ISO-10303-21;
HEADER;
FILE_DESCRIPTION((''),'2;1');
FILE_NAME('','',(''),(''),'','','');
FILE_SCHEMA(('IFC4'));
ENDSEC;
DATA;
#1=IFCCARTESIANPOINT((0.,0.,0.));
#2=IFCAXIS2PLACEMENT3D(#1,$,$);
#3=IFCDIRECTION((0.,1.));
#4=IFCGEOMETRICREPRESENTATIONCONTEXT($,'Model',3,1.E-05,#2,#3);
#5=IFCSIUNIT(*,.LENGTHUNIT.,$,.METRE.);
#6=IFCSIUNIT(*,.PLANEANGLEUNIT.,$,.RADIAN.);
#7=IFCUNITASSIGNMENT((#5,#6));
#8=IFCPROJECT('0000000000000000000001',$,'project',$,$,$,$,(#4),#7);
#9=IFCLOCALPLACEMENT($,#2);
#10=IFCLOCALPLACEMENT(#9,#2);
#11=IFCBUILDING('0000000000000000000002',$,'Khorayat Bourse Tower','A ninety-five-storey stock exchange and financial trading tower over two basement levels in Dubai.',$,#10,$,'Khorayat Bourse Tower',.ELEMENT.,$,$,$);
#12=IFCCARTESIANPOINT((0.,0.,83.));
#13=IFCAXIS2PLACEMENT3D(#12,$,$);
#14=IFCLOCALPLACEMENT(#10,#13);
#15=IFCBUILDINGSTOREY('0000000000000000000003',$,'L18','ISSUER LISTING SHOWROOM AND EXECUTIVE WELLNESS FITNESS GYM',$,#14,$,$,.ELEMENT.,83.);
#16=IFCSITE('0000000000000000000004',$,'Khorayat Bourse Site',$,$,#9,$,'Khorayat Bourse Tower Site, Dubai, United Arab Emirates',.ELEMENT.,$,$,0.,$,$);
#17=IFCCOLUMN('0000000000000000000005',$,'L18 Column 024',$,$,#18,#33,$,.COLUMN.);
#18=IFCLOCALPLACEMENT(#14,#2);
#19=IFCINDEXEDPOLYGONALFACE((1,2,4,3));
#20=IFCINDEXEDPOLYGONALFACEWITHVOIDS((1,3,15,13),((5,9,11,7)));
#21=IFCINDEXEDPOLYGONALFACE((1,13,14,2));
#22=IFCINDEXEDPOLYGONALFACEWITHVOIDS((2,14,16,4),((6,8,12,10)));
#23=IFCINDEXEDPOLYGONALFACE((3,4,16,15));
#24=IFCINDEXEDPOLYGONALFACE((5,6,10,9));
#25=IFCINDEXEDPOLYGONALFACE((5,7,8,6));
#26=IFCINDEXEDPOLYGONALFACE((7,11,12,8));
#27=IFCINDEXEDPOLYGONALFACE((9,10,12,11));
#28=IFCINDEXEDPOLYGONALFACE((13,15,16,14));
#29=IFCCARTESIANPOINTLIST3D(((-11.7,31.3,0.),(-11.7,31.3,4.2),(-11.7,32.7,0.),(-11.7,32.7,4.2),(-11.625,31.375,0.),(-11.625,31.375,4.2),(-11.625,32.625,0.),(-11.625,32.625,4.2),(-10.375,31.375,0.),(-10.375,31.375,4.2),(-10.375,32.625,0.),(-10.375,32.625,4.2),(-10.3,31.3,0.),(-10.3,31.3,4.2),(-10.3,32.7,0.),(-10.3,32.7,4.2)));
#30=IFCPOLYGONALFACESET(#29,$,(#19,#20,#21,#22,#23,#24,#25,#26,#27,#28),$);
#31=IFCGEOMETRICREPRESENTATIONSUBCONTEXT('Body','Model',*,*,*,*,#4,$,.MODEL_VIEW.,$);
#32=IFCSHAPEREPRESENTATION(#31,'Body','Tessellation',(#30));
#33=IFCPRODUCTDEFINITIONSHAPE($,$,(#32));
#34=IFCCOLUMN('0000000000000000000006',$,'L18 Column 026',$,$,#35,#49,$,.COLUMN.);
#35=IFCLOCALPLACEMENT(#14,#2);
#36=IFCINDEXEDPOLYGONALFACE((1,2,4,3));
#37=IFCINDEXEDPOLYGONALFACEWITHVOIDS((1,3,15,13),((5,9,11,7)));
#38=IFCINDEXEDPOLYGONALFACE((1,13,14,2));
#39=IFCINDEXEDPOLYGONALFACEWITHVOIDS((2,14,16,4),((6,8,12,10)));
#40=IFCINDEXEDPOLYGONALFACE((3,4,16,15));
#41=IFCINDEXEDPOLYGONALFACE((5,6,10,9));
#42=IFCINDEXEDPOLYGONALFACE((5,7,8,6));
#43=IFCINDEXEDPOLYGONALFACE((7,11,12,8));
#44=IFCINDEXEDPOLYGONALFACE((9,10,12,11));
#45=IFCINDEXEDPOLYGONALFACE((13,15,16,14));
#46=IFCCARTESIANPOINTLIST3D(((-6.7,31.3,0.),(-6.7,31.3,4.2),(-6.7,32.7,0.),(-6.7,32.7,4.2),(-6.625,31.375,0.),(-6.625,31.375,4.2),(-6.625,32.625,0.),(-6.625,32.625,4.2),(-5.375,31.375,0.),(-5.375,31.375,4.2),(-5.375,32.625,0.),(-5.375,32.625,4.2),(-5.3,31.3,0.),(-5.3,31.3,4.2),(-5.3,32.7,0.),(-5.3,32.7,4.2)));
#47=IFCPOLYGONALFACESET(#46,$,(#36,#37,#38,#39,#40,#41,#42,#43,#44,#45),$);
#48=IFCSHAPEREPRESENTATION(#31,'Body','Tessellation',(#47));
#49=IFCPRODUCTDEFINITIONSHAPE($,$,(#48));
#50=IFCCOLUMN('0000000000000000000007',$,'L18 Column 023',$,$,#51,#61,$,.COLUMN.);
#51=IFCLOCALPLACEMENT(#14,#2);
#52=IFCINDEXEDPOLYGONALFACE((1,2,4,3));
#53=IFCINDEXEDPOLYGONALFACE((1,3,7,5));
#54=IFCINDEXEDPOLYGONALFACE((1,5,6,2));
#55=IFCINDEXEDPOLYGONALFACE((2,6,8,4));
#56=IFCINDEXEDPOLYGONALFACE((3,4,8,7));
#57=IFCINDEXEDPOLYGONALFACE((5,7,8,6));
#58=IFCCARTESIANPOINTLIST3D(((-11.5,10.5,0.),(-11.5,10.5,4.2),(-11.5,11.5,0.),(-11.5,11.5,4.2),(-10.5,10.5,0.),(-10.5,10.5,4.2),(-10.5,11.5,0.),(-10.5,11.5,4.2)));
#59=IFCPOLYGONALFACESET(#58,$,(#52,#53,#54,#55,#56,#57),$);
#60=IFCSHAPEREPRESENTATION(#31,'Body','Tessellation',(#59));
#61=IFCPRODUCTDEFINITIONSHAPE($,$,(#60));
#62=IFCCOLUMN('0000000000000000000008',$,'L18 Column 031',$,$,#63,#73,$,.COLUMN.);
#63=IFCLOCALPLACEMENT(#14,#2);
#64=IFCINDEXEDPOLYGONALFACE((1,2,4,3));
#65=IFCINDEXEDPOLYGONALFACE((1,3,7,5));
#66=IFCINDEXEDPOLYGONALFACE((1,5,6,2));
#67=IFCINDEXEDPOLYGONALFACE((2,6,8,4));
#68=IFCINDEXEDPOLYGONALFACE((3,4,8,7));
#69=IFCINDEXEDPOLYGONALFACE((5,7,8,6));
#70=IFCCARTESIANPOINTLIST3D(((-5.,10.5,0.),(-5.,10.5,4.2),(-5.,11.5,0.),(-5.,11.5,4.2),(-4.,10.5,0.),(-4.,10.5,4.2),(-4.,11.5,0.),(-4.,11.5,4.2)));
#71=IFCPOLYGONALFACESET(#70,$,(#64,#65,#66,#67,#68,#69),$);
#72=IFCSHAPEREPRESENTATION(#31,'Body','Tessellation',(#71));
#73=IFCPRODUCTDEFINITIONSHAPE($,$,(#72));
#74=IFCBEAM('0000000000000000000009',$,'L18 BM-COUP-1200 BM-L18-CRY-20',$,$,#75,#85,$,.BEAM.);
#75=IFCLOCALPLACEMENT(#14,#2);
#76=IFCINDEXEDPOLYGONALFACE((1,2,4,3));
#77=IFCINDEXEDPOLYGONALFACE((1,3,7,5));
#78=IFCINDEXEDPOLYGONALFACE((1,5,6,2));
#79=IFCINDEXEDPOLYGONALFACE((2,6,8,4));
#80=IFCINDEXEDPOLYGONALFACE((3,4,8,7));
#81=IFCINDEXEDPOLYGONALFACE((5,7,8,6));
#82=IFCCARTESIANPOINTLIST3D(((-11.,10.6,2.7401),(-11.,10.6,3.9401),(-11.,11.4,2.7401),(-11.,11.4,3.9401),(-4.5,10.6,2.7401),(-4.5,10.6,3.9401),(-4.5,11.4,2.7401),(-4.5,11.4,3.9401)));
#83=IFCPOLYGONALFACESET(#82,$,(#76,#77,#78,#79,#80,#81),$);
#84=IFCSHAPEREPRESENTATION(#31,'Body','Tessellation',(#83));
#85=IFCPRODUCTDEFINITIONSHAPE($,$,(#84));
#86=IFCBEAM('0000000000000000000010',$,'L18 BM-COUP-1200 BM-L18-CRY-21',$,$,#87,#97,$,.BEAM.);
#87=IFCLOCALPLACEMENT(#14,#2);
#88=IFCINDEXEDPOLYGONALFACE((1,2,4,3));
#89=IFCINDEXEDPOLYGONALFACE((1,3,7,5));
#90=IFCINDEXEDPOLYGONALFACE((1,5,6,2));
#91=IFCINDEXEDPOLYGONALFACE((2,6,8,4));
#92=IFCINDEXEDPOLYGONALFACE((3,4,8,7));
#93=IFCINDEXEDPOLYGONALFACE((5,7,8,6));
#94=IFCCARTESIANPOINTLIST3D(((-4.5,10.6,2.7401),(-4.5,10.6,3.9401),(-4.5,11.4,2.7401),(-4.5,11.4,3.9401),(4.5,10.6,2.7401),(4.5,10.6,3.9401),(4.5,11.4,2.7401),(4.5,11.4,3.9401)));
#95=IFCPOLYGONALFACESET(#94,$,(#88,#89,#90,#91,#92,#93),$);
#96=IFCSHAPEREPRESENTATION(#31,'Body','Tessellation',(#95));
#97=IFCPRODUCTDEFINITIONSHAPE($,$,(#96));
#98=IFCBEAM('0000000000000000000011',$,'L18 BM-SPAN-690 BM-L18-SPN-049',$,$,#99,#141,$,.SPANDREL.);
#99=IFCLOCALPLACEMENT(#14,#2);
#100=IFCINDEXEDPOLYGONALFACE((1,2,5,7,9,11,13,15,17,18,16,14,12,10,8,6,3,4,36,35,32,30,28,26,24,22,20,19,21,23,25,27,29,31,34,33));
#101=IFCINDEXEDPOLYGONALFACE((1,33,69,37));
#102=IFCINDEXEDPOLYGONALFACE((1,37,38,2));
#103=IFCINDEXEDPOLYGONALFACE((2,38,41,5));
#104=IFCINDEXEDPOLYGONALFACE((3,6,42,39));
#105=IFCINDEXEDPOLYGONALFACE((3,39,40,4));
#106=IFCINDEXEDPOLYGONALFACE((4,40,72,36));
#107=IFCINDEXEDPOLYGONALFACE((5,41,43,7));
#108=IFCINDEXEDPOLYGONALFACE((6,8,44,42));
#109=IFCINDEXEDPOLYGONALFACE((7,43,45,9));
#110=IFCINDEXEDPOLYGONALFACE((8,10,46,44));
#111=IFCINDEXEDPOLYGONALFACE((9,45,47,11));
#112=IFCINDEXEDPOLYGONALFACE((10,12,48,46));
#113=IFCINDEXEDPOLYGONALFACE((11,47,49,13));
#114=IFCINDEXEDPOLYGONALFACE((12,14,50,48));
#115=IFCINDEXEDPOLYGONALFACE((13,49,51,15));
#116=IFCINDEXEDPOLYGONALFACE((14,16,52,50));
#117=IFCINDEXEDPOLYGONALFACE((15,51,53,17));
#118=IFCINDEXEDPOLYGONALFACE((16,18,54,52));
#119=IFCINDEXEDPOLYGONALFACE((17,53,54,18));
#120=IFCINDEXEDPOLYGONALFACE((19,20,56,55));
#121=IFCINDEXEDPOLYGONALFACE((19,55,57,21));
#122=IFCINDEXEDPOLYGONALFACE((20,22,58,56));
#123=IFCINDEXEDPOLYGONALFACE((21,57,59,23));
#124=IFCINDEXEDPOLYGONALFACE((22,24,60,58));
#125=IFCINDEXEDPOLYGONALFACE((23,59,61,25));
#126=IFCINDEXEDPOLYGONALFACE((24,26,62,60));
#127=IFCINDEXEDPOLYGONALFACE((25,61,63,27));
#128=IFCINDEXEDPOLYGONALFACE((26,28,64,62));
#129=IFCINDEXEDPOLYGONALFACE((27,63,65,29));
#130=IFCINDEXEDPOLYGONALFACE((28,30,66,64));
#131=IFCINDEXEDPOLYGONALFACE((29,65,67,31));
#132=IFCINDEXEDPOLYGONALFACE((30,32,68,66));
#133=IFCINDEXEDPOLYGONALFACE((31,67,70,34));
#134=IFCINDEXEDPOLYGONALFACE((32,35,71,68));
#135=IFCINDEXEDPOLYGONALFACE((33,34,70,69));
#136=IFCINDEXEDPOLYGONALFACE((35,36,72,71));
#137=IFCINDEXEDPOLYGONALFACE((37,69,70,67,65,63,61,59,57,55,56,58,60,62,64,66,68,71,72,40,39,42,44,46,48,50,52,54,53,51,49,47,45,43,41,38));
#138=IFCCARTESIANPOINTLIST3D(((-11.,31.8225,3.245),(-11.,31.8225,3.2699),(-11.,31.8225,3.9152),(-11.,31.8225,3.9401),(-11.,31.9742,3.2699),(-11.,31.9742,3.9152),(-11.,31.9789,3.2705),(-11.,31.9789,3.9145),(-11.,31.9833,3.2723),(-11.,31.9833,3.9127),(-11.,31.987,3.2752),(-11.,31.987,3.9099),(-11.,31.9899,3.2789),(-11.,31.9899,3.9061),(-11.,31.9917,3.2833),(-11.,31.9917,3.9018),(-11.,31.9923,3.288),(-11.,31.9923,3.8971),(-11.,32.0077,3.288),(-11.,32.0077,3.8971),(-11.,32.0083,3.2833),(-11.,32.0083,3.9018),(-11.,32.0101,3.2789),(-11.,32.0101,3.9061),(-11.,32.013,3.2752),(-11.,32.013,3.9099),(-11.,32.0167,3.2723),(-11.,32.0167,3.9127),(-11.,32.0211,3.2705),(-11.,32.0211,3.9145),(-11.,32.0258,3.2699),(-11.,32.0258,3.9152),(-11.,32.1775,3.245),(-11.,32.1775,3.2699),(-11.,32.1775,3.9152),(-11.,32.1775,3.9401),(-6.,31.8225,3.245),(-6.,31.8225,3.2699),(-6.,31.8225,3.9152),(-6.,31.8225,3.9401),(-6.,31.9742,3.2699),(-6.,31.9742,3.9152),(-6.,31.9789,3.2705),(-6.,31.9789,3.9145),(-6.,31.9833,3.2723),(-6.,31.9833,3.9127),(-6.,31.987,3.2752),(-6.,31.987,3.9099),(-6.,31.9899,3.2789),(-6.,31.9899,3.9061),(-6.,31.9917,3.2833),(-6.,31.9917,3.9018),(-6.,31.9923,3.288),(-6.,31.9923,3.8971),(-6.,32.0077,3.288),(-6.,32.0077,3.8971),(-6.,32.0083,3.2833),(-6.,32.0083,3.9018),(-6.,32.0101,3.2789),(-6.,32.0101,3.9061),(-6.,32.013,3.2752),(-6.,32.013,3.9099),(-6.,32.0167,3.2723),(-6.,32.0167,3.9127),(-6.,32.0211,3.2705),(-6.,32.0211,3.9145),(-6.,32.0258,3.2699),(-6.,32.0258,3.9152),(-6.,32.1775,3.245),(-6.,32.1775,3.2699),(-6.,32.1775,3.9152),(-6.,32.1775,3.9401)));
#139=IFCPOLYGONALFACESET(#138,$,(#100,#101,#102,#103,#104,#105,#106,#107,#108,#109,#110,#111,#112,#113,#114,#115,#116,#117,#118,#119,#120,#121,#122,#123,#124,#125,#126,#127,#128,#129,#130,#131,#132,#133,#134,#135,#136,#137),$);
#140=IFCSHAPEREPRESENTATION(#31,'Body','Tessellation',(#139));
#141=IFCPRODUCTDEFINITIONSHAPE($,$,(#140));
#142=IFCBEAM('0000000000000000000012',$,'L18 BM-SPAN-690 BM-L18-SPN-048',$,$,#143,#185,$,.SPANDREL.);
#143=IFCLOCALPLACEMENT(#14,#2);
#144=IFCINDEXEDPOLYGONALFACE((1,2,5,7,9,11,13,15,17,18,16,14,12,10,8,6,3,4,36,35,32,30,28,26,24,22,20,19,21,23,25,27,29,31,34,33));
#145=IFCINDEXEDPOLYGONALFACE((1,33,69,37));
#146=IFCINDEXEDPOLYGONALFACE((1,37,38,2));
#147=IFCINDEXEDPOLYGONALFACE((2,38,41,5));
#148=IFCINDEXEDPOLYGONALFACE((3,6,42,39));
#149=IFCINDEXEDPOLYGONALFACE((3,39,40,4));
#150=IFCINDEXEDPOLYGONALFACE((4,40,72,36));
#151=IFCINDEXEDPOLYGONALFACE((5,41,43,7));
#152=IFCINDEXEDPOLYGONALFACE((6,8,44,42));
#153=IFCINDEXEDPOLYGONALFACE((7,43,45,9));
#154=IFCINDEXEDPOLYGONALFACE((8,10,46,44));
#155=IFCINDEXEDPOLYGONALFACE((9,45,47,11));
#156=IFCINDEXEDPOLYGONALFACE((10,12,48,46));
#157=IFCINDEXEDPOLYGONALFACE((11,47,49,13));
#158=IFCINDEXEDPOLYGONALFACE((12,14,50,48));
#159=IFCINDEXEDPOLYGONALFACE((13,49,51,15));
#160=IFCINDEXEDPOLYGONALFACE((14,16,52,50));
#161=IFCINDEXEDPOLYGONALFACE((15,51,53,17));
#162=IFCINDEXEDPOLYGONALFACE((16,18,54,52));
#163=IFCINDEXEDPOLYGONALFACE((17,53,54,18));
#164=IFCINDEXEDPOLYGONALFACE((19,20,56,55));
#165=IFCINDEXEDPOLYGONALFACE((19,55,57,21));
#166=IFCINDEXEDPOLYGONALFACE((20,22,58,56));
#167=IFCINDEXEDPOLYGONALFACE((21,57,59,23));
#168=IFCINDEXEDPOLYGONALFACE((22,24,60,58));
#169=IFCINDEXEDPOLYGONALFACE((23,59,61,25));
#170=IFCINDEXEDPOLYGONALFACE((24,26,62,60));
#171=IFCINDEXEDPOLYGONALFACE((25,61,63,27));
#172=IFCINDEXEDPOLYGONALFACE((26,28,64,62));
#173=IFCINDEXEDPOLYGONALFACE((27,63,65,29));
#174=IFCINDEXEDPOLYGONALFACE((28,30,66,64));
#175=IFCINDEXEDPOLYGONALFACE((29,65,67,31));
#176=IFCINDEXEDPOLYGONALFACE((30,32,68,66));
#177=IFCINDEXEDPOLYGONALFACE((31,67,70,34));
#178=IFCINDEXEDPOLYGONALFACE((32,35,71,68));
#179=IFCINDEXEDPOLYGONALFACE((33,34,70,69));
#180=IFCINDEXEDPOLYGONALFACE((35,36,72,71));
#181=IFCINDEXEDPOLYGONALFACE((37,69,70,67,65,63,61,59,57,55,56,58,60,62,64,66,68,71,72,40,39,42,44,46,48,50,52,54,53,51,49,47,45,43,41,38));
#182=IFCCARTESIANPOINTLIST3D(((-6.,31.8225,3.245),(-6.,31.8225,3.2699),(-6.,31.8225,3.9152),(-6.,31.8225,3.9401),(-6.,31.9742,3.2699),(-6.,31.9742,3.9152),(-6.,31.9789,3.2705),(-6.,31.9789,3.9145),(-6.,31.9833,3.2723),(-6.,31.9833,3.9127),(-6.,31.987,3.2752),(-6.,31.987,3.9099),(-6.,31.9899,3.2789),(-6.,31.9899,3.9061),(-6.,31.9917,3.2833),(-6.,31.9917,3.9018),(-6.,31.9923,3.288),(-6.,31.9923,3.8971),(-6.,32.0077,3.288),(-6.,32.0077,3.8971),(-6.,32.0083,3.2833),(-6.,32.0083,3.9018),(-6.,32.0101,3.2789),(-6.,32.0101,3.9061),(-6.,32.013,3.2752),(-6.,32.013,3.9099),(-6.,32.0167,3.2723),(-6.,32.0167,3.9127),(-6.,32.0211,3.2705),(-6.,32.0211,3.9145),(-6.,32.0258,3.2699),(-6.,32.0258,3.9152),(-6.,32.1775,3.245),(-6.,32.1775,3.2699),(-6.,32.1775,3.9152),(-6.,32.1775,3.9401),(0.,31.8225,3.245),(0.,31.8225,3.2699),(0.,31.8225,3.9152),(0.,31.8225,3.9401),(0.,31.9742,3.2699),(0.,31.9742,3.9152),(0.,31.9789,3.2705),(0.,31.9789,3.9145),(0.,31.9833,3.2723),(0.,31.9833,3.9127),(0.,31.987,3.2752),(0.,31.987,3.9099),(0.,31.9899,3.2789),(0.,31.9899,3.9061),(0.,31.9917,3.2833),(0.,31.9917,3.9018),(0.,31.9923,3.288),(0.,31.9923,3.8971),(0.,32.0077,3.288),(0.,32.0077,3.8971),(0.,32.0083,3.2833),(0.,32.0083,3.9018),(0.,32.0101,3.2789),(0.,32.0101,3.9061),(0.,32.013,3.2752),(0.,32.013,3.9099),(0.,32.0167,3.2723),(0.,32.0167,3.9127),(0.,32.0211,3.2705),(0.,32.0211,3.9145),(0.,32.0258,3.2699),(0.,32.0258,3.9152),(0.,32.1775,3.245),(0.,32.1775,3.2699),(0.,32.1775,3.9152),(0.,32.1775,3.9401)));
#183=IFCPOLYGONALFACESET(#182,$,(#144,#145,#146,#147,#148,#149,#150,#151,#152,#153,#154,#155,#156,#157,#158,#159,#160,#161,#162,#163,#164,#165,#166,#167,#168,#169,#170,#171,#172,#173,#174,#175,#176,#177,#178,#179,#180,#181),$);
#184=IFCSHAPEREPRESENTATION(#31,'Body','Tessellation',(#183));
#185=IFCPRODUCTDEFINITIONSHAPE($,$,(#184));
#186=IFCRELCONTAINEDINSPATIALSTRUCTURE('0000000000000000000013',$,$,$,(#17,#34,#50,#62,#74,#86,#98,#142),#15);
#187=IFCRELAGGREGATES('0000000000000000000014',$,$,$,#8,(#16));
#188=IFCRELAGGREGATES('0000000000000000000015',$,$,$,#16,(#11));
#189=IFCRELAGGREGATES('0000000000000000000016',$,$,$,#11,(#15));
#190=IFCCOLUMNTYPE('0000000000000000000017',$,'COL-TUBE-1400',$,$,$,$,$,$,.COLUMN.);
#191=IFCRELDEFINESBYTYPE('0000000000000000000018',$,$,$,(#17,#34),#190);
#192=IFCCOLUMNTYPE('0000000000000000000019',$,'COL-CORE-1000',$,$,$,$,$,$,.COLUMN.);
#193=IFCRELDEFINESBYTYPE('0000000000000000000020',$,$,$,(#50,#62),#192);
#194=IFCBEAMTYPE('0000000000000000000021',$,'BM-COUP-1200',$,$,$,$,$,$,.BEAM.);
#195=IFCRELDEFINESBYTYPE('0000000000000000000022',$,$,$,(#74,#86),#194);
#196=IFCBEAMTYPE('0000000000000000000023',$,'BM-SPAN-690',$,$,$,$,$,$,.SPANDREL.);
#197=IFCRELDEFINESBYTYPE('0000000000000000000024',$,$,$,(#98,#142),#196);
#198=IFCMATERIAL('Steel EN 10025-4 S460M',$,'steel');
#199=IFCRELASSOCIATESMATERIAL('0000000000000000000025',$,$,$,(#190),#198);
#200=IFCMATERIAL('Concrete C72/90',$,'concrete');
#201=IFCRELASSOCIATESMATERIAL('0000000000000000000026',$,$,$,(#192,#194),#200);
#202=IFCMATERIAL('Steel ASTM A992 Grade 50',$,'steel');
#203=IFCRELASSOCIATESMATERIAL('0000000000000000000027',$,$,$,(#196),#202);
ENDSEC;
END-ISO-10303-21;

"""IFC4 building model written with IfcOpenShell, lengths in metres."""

from ifc_helpers import new_model, si_unit, direction, frame, origin, origin_2d, place, context, subcontext, project, spatial, rectangle, hollow_rectangle, i_section, extrude, source, transform, mapped, material, material_profile, profile_set, type_object, element, save


model = new_model("IFC4")

# Units and contexts
model_context = context("Model", 3, precision=1e-05, world=origin(), true_north=direction((0.0, 1.0)))
body_context = subcontext(model_context, "Body", "Model", "MODEL_VIEW")
ifc_project = project(units=[si_unit("LENGTHUNIT", "METRE"), si_unit("PLANEANGLEUNIT", "RADIAN")], contexts=[model_context])

# Site, building, storey
site_placement = place(None, origin())
site = spatial("IfcSite", under=ifc_project, at=site_placement, Name="Khorayat Bourse Site", LongName="Khorayat Bourse Tower Site, Dubai, United Arab Emirates", CompositionType="ELEMENT", RefElevation=0.0)
building_placement = place(site_placement, origin())
building = spatial("IfcBuilding", under=site, at=building_placement, Name="Khorayat Bourse Tower", Description="A ninety-five-storey stock exchange and financial trading tower over two basement levels in Dubai.", LongName="Khorayat Bourse Tower", CompositionType="ELEMENT")
storey_placement = place(building_placement, frame((0.0, 0.0, 83.0)))
storey = spatial("IfcBuildingStorey", under=building, at=storey_placement, Name="L18", Description="ISSUER LISTING SHOWROOM AND EXECUTIVE WELLNESS FITNESS GYM", CompositionType="ELEMENT", Elevation=83.0)

# Columns
ifc_material_1 = material(Name="Steel EN 10025-4 S460M", Category="steel")
ifc_material_profile_1 = material_profile(ifc_material_1, hollow_rectangle(XDim=1.3999, YDim=1.3999, WallThickness=0.075, at=origin_2d()), Name="BOX 1400x1400x75")
ifc_profile_set_1 = profile_set([ifc_material_profile_1], Name="Steel EN 10025-4 S460M")
column_type_1 = type_object("IfcColumnType", Name="COL-TUBE-1400", PredefinedType="COLUMN", material=ifc_profile_set_1)
shared_shape_1 = source(origin(), body_context, "Body", "SweptSolid", [
    extrude(hollow_rectangle(XDim=1.3999, YDim=1.3999, WallThickness=0.075, at=origin_2d()), origin(), (0.0, 0.0, 1.0), 4.2),
])
for number, where, z_axis, x_axis, name in (
    (1, (-11.0, 32.0, 0.0), (0.0, 0.0, 1.0), (1.0, 0.0, 0.0), "L18 Column 024"),
    (2, (-6.0, 32.0, 0.0), (0.0, 0.0, 1.0), (1.0, 0.0, 0.0), "L18 Column 026"),
):
    element("IfcColumn", number, at=place(storey_placement, frame(where, z_axis=z_axis, x_axis=x_axis)), inside=storey, type_object=column_type_1, Name=name, PredefinedType="COLUMN", context=body_context, shape_type="MappedRepresentation", body=[
        mapped(shared_shape_1, transform((0.0, 0.0, 0.0), scale=1.0)),
    ])
ifc_material_2 = material(Name="Concrete C72/90", Category="concrete")
ifc_material_profile_2 = material_profile(ifc_material_2, rectangle(XDim=1.0, YDim=1.0, at=origin_2d()), Name="RC 1000x1000")
ifc_profile_set_2 = profile_set([ifc_material_profile_2], Name="Concrete C72/90")
column_type_2 = type_object("IfcColumnType", Name="COL-CORE-1000", PredefinedType="COLUMN", material=ifc_profile_set_2)
shared_shape_2 = source(origin(), body_context, "Body", "SweptSolid", [
    extrude(rectangle(XDim=1.0, YDim=1.0, at=origin_2d()), origin(), (0.0, 0.0, 1.0), 4.2),
])
for number, where, z_axis, x_axis, name in (
    (3, (-11.0, 11.0, 0.0), (0.0, 0.0, 1.0), (1.0, 0.0, 0.0), "L18 Column 023"),
    (4, (-4.5, 11.0, 0.0), (0.0, 0.0, 1.0), (1.0, 0.0, 0.0), "L18 Column 031"),
):
    element("IfcColumn", number, at=place(storey_placement, frame(where, z_axis=z_axis, x_axis=x_axis)), inside=storey, type_object=column_type_2, Name=name, PredefinedType="COLUMN", context=body_context, shape_type="MappedRepresentation", body=[
        mapped(shared_shape_2, transform((0.0, 0.0, 0.0), scale=1.0)),
    ])

# Beams
ifc_material_profile_3 = material_profile(ifc_material_2, rectangle(XDim=0.8, YDim=1.2, at=origin_2d()), Name="RC 800x1200")
ifc_profile_set_3 = profile_set([ifc_material_profile_3], Name="Concrete C72/90")
beam_type_1 = type_object("IfcBeamType", Name="BM-COUP-1200", PredefinedType="BEAM", material=ifc_profile_set_3)
shared_shape_3 = source(origin(), body_context, "Body", "SweptSolid", [
    extrude(rectangle(XDim=0.8, YDim=1.2, at=origin_2d()), origin(), (0.0, 0.0, 1.0), 6.5),
])
beam_1_placement = place(storey_placement, frame((-11.0, 11.0, 3.3401), z_axis=(1.0, 0.0, 0.0), x_axis=(0.0, 1.0, 0.0)))
element("IfcBeam", 5, at=beam_1_placement, inside=storey, type_object=beam_type_1, Name="L18 BM-COUP-1200 BM-L18-CRY-20", PredefinedType="BEAM", context=body_context, shape_type="MappedRepresentation", body=[
    mapped(shared_shape_3, transform((0.0, 0.0, 0.0), scale=1.0)),
])
shared_shape_4 = source(origin(), body_context, "Body", "SweptSolid", [
    extrude(rectangle(XDim=0.8, YDim=1.2, at=origin_2d()), origin(), (0.0, 0.0, 1.0), 9.0),
])
beam_2_placement = place(storey_placement, frame((-4.5, 11.0, 3.3401), z_axis=(1.0, 0.0, 0.0), x_axis=(0.0, 1.0, 0.0)))
element("IfcBeam", 6, at=beam_2_placement, inside=storey, type_object=beam_type_1, Name="L18 BM-COUP-1200 BM-L18-CRY-21", PredefinedType="BEAM", context=body_context, shape_type="MappedRepresentation", body=[
    mapped(shared_shape_4, transform((0.0, 0.0, 0.0), scale=1.0)),
])
ifc_material_3 = material(Name="Steel ASTM A992 Grade 50", Category="steel")
ifc_material_profile_4 = material_profile(ifc_material_3, i_section(OverallWidth=0.355, OverallDepth=0.6951, WebThickness=0.0154, FlangeThickness=0.0249, FilletRadius=0.0181, at=origin_2d()), Name="W690X217")
ifc_profile_set_4 = profile_set([ifc_material_profile_4], Name="Steel ASTM A992 Grade 50")
beam_type_2 = type_object("IfcBeamType", Name="BM-SPAN-690", PredefinedType="SPANDREL", material=ifc_profile_set_4)
shared_shape_5 = source(origin(), body_context, "Body", "SweptSolid", [
    extrude(i_section(OverallWidth=0.355, OverallDepth=0.6951, WebThickness=0.0154, FlangeThickness=0.0249, FilletRadius=0.0181, at=origin_2d()), origin(), (0.0, 0.0, 1.0), 5.0),
])
beam_3_placement = place(storey_placement, frame((-11.0, 32.0, 3.5925), z_axis=(1.0, 0.0, 0.0), x_axis=(0.0, 1.0, 0.0)))
element("IfcBeam", 7, at=beam_3_placement, inside=storey, type_object=beam_type_2, Name="L18 BM-SPAN-690 BM-L18-SPN-049", PredefinedType="SPANDREL", context=body_context, shape_type="MappedRepresentation", body=[
    mapped(shared_shape_5, transform((0.0, 0.0, 0.0), scale=1.0)),
])
shared_shape_6 = source(origin(), body_context, "Body", "SweptSolid", [
    extrude(i_section(OverallWidth=0.355, OverallDepth=0.6951, WebThickness=0.0154, FlangeThickness=0.0249, FilletRadius=0.0181, at=origin_2d()), origin(), (0.0, 0.0, 1.0), 6.0),
])
beam_4_placement = place(storey_placement, frame((-6.0, 32.0, 3.5925), z_axis=(1.0, 0.0, 0.0), x_axis=(0.0, 1.0, 0.0)))
element("IfcBeam", 8, at=beam_4_placement, inside=storey, type_object=beam_type_2, Name="L18 BM-SPAN-690 BM-L18-SPN-048", PredefinedType="SPANDREL", context=body_context, shape_type="MappedRepresentation", body=[
    mapped(shared_shape_6, transform((0.0, 0.0, 0.0), scale=1.0)),
])

save(model, "model.ifc")
